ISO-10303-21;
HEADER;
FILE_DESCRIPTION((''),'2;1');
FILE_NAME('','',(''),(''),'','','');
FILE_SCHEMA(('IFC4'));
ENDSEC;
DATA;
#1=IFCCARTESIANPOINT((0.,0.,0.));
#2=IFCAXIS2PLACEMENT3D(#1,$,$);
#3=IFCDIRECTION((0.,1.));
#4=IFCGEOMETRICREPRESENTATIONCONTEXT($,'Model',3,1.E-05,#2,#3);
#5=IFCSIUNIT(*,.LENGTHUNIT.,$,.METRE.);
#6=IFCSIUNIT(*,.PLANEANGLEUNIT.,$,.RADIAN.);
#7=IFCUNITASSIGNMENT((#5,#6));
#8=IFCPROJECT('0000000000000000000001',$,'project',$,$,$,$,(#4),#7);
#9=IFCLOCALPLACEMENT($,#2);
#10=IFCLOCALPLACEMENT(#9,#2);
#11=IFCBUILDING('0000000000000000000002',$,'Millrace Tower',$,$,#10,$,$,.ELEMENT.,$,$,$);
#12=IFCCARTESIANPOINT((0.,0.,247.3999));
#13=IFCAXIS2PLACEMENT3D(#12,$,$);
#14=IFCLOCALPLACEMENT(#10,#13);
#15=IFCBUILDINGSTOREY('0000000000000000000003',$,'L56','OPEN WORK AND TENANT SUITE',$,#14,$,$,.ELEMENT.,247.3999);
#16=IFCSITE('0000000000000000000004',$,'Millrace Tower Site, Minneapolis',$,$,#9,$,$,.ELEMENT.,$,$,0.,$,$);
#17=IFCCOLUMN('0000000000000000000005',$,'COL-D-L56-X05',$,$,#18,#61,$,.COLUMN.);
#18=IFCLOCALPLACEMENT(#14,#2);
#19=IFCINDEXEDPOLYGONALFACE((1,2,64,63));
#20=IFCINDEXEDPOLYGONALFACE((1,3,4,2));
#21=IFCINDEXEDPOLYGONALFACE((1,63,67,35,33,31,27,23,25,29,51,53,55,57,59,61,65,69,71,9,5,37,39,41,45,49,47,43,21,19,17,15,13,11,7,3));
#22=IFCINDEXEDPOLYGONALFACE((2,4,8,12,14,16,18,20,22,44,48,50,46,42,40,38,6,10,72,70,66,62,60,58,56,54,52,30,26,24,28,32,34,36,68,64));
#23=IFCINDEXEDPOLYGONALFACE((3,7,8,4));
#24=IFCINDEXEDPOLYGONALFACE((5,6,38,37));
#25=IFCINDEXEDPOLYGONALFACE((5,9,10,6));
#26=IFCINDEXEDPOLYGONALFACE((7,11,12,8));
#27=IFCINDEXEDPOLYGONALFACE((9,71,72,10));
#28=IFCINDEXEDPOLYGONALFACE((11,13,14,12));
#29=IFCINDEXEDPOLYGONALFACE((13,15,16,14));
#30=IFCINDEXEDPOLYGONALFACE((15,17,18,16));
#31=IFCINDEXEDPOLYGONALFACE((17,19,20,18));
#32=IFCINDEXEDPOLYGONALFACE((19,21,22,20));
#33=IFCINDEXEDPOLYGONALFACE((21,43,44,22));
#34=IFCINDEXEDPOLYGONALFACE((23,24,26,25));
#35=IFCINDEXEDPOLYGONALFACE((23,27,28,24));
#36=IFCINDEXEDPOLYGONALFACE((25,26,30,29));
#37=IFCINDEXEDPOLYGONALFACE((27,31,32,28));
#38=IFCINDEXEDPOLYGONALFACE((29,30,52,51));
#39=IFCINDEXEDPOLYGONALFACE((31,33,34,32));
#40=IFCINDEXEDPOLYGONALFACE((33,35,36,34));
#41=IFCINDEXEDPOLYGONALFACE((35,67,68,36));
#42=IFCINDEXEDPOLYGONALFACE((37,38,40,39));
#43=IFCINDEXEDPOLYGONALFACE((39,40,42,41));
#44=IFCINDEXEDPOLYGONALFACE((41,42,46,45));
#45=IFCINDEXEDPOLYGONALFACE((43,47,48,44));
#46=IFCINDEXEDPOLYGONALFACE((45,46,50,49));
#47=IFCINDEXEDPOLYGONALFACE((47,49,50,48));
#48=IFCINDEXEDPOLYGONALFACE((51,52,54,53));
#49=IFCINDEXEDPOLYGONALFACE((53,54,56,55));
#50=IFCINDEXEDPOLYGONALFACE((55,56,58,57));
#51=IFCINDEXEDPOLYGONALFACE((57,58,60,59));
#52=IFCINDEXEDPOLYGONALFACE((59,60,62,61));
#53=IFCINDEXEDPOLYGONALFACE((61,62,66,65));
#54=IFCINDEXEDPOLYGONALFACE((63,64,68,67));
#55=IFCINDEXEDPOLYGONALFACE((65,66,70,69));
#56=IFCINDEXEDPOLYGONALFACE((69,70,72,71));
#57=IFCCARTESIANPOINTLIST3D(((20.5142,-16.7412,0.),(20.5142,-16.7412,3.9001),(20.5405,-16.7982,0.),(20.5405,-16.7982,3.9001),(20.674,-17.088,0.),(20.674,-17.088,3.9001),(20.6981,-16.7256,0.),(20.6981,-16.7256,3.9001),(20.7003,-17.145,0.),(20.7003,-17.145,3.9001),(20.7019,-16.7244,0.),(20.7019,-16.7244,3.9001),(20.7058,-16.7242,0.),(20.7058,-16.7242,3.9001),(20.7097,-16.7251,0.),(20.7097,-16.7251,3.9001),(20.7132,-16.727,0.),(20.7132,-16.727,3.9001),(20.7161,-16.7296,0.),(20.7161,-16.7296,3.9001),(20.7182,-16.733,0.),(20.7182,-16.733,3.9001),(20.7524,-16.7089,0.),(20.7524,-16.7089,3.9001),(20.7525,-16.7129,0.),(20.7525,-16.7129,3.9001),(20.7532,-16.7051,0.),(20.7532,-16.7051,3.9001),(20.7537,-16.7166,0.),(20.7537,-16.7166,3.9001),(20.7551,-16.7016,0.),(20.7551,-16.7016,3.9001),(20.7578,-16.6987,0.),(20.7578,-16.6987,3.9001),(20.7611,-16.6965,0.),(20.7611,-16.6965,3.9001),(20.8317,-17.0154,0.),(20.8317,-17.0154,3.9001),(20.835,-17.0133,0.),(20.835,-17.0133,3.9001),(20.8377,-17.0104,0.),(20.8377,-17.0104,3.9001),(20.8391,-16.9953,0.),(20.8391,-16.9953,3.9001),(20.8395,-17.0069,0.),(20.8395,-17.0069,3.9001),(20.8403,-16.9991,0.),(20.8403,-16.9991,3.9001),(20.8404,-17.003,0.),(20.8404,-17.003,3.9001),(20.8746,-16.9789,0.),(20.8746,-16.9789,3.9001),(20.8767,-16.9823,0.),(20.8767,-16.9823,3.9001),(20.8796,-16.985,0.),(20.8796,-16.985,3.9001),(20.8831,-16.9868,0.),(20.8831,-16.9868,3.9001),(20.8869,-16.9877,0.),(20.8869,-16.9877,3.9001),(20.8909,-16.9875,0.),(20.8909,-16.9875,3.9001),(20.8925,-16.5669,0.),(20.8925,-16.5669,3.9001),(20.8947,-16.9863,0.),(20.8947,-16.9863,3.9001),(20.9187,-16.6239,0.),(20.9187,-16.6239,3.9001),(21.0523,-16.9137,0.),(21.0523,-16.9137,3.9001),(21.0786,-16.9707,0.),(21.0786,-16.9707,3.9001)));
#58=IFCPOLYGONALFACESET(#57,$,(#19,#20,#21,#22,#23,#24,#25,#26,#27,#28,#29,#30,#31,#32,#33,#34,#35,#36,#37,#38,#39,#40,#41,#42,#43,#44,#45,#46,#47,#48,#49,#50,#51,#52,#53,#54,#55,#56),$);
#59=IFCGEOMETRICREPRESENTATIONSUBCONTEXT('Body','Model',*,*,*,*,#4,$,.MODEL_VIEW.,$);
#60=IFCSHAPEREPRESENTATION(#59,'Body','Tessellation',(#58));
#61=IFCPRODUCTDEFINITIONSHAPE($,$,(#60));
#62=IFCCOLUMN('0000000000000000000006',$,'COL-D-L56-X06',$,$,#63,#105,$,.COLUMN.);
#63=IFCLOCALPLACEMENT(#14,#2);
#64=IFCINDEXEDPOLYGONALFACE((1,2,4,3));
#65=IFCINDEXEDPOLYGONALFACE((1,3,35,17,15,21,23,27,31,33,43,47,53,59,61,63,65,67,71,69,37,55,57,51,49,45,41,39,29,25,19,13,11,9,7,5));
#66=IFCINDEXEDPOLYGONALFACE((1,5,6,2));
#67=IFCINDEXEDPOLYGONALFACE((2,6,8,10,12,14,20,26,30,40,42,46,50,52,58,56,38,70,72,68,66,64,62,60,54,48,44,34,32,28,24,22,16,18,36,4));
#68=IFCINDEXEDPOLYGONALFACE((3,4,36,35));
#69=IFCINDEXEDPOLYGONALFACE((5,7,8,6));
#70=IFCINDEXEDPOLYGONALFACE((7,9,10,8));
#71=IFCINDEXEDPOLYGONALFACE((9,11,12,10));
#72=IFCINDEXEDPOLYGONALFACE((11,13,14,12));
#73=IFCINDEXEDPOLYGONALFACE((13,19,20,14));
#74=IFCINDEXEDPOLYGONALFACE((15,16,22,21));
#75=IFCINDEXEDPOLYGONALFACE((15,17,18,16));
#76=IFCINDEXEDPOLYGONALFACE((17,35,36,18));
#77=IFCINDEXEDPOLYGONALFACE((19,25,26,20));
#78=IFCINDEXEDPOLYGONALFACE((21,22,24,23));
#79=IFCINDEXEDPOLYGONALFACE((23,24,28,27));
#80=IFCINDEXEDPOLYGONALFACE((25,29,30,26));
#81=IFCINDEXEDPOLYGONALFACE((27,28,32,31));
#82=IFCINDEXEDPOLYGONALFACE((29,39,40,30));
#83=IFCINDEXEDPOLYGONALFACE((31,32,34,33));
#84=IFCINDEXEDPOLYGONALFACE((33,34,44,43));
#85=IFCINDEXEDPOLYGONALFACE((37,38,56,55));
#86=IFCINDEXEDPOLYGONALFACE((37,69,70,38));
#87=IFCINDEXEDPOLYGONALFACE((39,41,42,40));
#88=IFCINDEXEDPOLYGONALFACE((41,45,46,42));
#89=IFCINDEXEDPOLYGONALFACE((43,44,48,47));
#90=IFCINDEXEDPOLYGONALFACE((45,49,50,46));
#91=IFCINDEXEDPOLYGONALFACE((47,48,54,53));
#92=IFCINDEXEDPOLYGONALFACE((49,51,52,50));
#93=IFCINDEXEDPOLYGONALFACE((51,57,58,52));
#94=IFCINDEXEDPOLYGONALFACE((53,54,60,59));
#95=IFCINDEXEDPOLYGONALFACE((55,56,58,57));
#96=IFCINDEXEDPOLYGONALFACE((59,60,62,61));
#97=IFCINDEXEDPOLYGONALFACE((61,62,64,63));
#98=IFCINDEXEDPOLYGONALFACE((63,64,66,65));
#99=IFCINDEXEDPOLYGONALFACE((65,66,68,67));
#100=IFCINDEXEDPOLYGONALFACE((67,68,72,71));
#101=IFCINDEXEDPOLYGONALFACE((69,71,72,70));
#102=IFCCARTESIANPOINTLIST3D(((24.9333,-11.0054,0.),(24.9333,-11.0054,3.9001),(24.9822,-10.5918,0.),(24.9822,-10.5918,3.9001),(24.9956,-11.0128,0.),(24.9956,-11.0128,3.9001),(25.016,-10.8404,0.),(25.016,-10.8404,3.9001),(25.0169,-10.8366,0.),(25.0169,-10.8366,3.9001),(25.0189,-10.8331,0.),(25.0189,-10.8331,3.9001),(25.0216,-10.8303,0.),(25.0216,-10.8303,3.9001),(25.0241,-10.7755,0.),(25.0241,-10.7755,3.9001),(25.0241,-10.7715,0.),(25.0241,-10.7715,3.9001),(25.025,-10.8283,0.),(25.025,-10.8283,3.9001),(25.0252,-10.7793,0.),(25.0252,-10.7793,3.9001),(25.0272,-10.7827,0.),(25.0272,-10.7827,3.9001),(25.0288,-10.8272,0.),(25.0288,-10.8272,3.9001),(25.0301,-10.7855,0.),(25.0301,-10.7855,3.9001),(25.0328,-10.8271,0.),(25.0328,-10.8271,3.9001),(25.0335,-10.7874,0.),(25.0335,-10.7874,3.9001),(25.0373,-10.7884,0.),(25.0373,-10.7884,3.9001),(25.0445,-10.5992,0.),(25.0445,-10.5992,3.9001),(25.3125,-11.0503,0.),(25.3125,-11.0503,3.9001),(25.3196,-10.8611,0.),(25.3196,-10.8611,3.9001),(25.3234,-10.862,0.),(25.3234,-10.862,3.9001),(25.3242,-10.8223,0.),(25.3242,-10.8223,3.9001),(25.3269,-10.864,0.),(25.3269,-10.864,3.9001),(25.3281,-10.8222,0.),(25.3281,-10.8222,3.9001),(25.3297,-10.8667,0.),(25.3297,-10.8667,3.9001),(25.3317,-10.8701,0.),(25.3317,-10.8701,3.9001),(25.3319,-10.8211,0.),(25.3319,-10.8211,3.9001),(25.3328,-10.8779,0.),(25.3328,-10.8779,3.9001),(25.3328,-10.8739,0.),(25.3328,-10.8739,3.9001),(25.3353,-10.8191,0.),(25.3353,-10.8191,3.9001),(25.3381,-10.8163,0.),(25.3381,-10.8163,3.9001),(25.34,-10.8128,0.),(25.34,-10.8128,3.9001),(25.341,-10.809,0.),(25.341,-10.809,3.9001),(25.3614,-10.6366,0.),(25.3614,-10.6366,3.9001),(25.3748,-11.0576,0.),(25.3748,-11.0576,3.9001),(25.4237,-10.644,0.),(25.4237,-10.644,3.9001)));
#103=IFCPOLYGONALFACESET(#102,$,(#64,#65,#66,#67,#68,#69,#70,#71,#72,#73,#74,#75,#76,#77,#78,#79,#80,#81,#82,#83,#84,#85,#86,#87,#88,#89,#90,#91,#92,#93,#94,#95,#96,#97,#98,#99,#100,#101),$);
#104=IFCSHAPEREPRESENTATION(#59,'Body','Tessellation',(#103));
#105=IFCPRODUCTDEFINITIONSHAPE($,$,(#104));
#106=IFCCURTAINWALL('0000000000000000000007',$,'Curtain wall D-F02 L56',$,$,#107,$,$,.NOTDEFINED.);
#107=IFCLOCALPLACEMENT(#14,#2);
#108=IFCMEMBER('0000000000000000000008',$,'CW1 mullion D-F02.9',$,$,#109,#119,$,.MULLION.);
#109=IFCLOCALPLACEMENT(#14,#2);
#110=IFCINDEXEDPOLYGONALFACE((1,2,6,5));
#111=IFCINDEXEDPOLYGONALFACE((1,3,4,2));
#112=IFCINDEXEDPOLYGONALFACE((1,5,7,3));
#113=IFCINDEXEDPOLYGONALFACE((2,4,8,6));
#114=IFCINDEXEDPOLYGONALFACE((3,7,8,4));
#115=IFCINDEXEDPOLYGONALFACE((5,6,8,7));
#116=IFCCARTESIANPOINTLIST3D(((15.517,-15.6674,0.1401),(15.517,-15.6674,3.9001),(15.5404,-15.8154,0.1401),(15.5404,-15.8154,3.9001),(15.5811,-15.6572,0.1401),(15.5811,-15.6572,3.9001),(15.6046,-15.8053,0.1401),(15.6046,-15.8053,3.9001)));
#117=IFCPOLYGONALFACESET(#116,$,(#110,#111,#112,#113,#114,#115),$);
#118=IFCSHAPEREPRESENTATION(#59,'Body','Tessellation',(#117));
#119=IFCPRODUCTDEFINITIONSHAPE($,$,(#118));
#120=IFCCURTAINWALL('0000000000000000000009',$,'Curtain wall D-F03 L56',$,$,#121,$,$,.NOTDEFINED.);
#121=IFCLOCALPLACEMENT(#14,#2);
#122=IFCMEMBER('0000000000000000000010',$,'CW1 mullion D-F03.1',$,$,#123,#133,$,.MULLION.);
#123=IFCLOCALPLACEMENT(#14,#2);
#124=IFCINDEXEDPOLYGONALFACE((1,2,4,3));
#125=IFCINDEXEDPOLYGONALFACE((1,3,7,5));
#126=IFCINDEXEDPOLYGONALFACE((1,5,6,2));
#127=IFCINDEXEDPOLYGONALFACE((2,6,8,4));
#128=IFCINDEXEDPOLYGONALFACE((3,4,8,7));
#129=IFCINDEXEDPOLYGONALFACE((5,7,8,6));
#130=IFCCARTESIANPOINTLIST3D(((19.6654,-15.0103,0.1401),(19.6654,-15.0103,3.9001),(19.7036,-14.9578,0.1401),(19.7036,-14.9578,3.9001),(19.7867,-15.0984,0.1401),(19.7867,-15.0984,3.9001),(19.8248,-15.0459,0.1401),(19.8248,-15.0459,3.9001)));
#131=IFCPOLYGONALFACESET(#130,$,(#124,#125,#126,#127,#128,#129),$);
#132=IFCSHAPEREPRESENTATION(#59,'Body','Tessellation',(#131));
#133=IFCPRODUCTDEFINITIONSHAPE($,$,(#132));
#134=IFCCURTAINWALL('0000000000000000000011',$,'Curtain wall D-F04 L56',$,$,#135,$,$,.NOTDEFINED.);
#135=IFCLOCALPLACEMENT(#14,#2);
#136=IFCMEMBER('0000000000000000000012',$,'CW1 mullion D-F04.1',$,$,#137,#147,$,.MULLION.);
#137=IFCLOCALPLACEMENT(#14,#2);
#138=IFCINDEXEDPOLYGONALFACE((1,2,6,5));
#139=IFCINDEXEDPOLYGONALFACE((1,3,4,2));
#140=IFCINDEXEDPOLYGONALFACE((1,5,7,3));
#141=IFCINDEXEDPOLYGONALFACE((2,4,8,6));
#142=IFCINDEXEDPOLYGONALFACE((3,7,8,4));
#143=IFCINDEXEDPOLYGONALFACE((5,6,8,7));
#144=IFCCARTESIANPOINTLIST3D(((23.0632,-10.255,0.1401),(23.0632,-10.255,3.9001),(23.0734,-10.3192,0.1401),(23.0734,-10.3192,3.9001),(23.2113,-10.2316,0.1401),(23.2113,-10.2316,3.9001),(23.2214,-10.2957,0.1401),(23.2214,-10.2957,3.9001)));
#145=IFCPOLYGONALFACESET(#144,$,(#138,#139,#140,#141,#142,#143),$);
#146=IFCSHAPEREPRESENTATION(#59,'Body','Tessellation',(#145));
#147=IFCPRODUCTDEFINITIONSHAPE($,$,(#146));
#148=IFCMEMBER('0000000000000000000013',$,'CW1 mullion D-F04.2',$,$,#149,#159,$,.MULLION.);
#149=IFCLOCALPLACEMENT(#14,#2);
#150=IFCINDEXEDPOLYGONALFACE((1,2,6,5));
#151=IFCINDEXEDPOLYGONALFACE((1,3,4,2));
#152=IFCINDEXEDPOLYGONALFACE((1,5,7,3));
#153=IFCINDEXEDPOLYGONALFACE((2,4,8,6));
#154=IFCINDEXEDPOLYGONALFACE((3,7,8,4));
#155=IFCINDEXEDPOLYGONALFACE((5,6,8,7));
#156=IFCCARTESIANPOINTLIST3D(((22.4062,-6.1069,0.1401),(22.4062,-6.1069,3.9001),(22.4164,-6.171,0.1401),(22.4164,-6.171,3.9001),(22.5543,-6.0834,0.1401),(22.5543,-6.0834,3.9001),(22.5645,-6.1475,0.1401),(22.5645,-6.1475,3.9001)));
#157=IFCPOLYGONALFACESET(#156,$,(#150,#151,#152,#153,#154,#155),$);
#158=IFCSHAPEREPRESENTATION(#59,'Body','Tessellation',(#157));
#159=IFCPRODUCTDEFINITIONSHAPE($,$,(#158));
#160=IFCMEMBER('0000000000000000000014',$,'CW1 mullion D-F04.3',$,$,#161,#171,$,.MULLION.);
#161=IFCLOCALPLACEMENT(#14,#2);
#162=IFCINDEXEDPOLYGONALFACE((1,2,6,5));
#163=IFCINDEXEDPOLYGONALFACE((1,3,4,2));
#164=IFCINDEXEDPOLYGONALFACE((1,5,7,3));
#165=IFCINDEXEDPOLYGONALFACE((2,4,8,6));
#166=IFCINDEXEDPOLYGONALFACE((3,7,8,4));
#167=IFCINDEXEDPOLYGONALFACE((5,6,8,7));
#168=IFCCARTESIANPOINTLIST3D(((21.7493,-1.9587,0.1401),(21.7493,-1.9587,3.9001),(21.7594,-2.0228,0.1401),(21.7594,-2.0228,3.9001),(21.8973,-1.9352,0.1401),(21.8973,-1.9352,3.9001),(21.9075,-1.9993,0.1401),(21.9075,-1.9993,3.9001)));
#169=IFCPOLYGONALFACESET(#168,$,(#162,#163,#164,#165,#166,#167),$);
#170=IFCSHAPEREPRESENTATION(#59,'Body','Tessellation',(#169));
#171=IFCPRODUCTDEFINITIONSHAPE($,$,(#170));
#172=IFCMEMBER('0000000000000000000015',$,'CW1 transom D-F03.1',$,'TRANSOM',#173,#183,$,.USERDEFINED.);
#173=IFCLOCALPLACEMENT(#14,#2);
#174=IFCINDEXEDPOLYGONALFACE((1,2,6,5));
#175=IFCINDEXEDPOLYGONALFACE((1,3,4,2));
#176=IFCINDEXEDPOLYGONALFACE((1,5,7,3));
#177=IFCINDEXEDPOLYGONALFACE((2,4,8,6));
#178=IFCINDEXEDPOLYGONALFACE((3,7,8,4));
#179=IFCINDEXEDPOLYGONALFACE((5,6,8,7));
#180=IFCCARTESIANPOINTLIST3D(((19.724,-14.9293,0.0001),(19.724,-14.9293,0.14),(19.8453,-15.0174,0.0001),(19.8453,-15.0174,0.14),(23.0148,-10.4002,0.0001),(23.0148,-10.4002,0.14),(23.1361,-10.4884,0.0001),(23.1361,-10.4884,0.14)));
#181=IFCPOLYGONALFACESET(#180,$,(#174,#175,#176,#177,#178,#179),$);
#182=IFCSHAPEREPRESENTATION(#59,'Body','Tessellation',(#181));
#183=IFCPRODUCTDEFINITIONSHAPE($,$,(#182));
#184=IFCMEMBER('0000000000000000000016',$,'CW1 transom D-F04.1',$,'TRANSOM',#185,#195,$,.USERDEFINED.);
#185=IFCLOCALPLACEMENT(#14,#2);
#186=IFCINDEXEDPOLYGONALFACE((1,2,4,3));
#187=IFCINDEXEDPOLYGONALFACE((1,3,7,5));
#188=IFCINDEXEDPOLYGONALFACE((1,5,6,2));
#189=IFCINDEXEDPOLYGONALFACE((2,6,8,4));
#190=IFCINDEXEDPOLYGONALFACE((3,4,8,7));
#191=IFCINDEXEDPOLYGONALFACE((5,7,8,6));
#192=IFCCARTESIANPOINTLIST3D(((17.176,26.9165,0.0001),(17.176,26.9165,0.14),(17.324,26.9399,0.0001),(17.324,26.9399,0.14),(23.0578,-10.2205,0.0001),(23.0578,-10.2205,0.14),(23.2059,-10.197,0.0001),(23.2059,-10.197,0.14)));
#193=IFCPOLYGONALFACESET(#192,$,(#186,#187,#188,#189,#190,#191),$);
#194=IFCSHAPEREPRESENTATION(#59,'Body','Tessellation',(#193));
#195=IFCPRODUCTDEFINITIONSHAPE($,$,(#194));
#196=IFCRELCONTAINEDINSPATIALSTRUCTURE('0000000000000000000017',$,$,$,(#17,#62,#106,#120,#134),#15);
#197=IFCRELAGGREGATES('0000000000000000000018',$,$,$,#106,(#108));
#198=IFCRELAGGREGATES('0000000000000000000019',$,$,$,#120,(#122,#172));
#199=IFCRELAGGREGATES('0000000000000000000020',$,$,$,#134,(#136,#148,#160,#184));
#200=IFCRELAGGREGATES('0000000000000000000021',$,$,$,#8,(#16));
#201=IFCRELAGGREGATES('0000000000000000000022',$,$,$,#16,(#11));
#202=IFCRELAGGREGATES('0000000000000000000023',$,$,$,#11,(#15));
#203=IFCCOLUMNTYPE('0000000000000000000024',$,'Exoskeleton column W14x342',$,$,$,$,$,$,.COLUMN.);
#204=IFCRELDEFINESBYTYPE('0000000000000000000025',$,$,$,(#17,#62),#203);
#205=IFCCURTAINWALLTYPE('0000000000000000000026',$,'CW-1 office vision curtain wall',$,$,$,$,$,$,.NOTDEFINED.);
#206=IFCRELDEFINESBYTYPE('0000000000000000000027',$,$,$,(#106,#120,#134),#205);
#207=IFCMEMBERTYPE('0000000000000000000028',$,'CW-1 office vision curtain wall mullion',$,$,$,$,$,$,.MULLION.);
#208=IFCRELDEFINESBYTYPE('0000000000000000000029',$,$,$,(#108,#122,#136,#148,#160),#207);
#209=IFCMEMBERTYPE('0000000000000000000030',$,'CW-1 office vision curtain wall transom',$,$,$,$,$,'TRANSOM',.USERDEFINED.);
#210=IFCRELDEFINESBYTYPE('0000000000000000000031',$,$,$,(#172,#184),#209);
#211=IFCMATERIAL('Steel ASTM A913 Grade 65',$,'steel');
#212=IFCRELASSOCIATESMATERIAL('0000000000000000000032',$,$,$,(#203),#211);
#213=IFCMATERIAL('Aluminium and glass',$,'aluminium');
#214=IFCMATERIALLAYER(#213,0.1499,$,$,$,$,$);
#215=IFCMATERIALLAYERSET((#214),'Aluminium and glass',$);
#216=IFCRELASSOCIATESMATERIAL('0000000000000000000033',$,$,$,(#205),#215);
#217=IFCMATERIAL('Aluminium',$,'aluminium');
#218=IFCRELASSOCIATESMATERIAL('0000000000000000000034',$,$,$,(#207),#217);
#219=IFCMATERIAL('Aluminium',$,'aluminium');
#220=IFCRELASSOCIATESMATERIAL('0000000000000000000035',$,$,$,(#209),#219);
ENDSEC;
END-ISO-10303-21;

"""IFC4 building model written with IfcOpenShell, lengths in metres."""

from ifc_helpers import new_model, si_unit, direction, frame, origin, origin_2d, place, context, subcontext, project, spatial, rectangle, i_section, extrude, material, layer, layer_set, material_profile, profile_set, type_object, element, aggregate, save


model = new_model("IFC4")

# Units and contexts
model_context = context("Model", 3, precision=1e-05, world=origin(), true_north=direction((0.0, 1.0)))
body_context = subcontext(model_context, "Body", "Model", "MODEL_VIEW")
ifc_project = project(units=[si_unit("LENGTHUNIT", "METRE"), si_unit("PLANEANGLEUNIT", "RADIAN")], contexts=[model_context])

# Site, building, storey
site_placement = place(None, origin())
site = spatial("IfcSite", under=ifc_project, at=site_placement, Name="Millrace Tower Site, Minneapolis", CompositionType="ELEMENT", RefElevation=0.0)
building_placement = place(site_placement, origin())
building = spatial("IfcBuilding", under=site, at=building_placement, Name="Millrace Tower", CompositionType="ELEMENT")
storey_placement = place(building_placement, frame((0.0, 0.0, 247.3999)))
storey = spatial("IfcBuildingStorey", under=building, at=storey_placement, Name="L56", Description="OPEN WORK AND TENANT SUITE", CompositionType="ELEMENT", Elevation=247.3999)

# Columns
ifc_material_1 = material(Name="Steel ASTM A913 Grade 65", Category="steel")
ifc_material_profile_1 = material_profile(ifc_material_1, i_section(OverallWidth=0.4165, OverallDepth=0.4446, WebThickness=0.0391, FlangeThickness=0.0627, FilletRadius=0.0151, at=origin_2d()))
ifc_profile_set_1 = profile_set([ifc_material_profile_1], Name="Steel ASTM A913 Grade 65")
column_type = type_object("IfcColumnType", Name="Exoskeleton column W14x342", PredefinedType="COLUMN", material=ifc_profile_set_1)
for number, where, z_axis, x_axis, name in (
    (1, (20.7964, -16.856, 0.0), (0.0, 0.0, 1.0), (0.908192, 0.418553, 0.0), "COL-D-L56-X05"),
    (2, (25.1785, -10.8247, 0.0), (0.0, 0.0, 1.0), (0.117421, 0.993082, 0.0), "COL-D-L56-X06"),
):
    element("IfcColumn", number, at=place(storey_placement, frame(where, z_axis=z_axis, x_axis=x_axis)), inside=storey, type_object=column_type, Name=name, PredefinedType="COLUMN", context=body_context, shape_type="SweptSolid", body=[
        extrude(i_section(OverallWidth=0.4165, OverallDepth=0.4446, WebThickness=0.0391, FlangeThickness=0.0627, FilletRadius=0.0151, at=origin_2d()), origin(), (0.0, 0.0, 1.0), 3.9001),
    ])

# Curtain walls, members
ifc_material_2 = material(Name="Aluminium and glass", Category="aluminium")
ifc_layer_1 = layer(ifc_material_2, 0.1499)
ifc_layer_set_1 = layer_set([ifc_layer_1], Name="Aluminium and glass")
curtain_wall_type = type_object("IfcCurtainWallType", Name="CW-1 office vision curtain wall", PredefinedType="NOTDEFINED", material=ifc_layer_set_1)
placement = place(storey_placement, origin())
curtain_wall_1 = element("IfcCurtainWall", 3, at=placement, inside=storey, type_object=curtain_wall_type, Name="Curtain wall D-F02 L56", PredefinedType="NOTDEFINED")
ifc_material_3 = material(Name="Aluminium", Category="aluminium")
ifc_material_profile_2 = material_profile(ifc_material_3, rectangle(XDim=0.0649, YDim=0.1499, at=origin_2d()))
ifc_profile_set_2 = profile_set([ifc_material_profile_2], Name="Aluminium")
member_type_1 = type_object("IfcMemberType", Name="CW-1 office vision curtain wall mullion", PredefinedType="MULLION", material=ifc_profile_set_2)
member_1_placement = place(storey_placement, frame((15.5608, -15.7363, 0.1401), z_axis=(0.0, 0.0, 1.0), x_axis=(0.987688, 0.156434, 0.0)))
member_1 = element("IfcMember", 4, at=member_1_placement, type_object=member_type_1, Name="CW1 mullion D-F02.9", PredefinedType="MULLION", context=body_context, shape_type="SweptSolid", body=[
    extrude(rectangle(XDim=0.0649, YDim=0.1499, at=origin_2d()), origin(), (0.0, 0.0, 1.0), 3.76),
])
aggregate(curtain_wall_1, [member_1])
curtain_wall_2 = element("IfcCurtainWall", 5, at=placement, inside=storey, type_object=curtain_wall_type, Name="Curtain wall D-F03 L56", PredefinedType="NOTDEFINED")
member_2_placement = place(storey_placement, frame((19.7451, -15.0281, 0.1401), z_axis=(0.0, 0.0, 1.0), x_axis=(0.587785, 0.809017, 0.0)))
member_2 = element("IfcMember", 6, at=member_2_placement, type_object=member_type_1, Name="CW1 mullion D-F03.1", PredefinedType="MULLION", context=body_context, shape_type="SweptSolid", body=[
    extrude(rectangle(XDim=0.0649, YDim=0.1499, at=origin_2d()), origin(), (0.0, 0.0, 1.0), 3.76),
])

# Curtain wall, members
curtain_wall_3 = element("IfcCurtainWall", 7, at=placement, inside=storey, type_object=curtain_wall_type, Name="Curtain wall D-F04 L56", PredefinedType="NOTDEFINED")
member_3_placement = place(storey_placement, frame((23.1423, -10.2754, 0.1401), z_axis=(0.0, 0.0, 1.0), x_axis=(-0.156434, 0.987688, 0.0)))
member_3 = element("IfcMember", 8, at=member_3_placement, type_object=member_type_1, Name="CW1 mullion D-F04.1", PredefinedType="MULLION", context=body_context, shape_type="SweptSolid", body=[
    extrude(rectangle(XDim=0.0649, YDim=0.1499, at=origin_2d()), origin(), (0.0, 0.0, 1.0), 3.76),
])
member_4_placement = place(storey_placement, frame((22.4854, -6.1272, 0.1401), z_axis=(0.0, 0.0, 1.0), x_axis=(-0.156434, 0.987688, 0.0)))
member_4 = element("IfcMember", 9, at=member_4_placement, type_object=member_type_1, Name="CW1 mullion D-F04.2", PredefinedType="MULLION", context=body_context, shape_type="SweptSolid", body=[
    extrude(rectangle(XDim=0.0649, YDim=0.1499, at=origin_2d()), origin(), (0.0, 0.0, 1.0), 3.76),
])
member_5_placement = place(storey_placement, frame((21.8284, -1.979, 0.1401), z_axis=(0.0, 0.0, 1.0), x_axis=(-0.156434, 0.987688, 0.0)))
member_5 = element("IfcMember", 10, at=member_5_placement, type_object=member_type_1, Name="CW1 mullion D-F04.3", PredefinedType="MULLION", context=body_context, shape_type="SweptSolid", body=[
    extrude(rectangle(XDim=0.0649, YDim=0.1499, at=origin_2d()), origin(), (0.0, 0.0, 1.0), 3.76),
])

# Members
ifc_material_4 = material(Name="Aluminium", Category="aluminium")
ifc_material_profile_3 = material_profile(ifc_material_4, rectangle(XDim=0.1499, YDim=0.1399, at=origin_2d()))
ifc_profile_set_3 = profile_set([ifc_material_profile_3], Name="Aluminium")
member_type_2 = type_object("IfcMemberType", Name="CW-1 office vision curtain wall transom", ElementType="TRANSOM", PredefinedType="USERDEFINED", material=ifc_profile_set_3)
member_6_placement = place(storey_placement, frame((19.7847, -14.9734, 0.0701), z_axis=(0.587811, 0.808998, 0.0), x_axis=(-0.808998, 0.587811, 0.0)))
member_6 = element("IfcMember", 11, at=member_6_placement, type_object=member_type_2, Name="CW1 transom D-F03.1", ObjectType="TRANSOM", PredefinedType="USERDEFINED", context=body_context, shape_type="SweptSolid", body=[
    extrude(rectangle(XDim=0.1499, YDim=0.1399, at=origin_2d()), origin(), (0.0, 0.0, 1.0), 5.5984),
])
aggregate(curtain_wall_2, [member_2, member_6])
member_7_placement = place(storey_placement, frame((23.1318, -10.2087, 0.0701), z_axis=(-0.156432, 0.987689, 0.0), x_axis=(-0.987689, -0.156432, 0.0)))
member_7 = element("IfcMember", 12, at=member_7_placement, type_object=member_type_2, Name="CW1 transom D-F04.1", ObjectType="TRANSOM", PredefinedType="USERDEFINED", context=body_context, shape_type="SweptSolid", body=[
    extrude(rectangle(XDim=0.1499, YDim=0.1399, at=origin_2d()), origin(), (0.0, 0.0, 1.0), 37.5999),
])
aggregate(curtain_wall_3, [member_3, member_4, member_5, member_7])

save(model, "model.ifc")
